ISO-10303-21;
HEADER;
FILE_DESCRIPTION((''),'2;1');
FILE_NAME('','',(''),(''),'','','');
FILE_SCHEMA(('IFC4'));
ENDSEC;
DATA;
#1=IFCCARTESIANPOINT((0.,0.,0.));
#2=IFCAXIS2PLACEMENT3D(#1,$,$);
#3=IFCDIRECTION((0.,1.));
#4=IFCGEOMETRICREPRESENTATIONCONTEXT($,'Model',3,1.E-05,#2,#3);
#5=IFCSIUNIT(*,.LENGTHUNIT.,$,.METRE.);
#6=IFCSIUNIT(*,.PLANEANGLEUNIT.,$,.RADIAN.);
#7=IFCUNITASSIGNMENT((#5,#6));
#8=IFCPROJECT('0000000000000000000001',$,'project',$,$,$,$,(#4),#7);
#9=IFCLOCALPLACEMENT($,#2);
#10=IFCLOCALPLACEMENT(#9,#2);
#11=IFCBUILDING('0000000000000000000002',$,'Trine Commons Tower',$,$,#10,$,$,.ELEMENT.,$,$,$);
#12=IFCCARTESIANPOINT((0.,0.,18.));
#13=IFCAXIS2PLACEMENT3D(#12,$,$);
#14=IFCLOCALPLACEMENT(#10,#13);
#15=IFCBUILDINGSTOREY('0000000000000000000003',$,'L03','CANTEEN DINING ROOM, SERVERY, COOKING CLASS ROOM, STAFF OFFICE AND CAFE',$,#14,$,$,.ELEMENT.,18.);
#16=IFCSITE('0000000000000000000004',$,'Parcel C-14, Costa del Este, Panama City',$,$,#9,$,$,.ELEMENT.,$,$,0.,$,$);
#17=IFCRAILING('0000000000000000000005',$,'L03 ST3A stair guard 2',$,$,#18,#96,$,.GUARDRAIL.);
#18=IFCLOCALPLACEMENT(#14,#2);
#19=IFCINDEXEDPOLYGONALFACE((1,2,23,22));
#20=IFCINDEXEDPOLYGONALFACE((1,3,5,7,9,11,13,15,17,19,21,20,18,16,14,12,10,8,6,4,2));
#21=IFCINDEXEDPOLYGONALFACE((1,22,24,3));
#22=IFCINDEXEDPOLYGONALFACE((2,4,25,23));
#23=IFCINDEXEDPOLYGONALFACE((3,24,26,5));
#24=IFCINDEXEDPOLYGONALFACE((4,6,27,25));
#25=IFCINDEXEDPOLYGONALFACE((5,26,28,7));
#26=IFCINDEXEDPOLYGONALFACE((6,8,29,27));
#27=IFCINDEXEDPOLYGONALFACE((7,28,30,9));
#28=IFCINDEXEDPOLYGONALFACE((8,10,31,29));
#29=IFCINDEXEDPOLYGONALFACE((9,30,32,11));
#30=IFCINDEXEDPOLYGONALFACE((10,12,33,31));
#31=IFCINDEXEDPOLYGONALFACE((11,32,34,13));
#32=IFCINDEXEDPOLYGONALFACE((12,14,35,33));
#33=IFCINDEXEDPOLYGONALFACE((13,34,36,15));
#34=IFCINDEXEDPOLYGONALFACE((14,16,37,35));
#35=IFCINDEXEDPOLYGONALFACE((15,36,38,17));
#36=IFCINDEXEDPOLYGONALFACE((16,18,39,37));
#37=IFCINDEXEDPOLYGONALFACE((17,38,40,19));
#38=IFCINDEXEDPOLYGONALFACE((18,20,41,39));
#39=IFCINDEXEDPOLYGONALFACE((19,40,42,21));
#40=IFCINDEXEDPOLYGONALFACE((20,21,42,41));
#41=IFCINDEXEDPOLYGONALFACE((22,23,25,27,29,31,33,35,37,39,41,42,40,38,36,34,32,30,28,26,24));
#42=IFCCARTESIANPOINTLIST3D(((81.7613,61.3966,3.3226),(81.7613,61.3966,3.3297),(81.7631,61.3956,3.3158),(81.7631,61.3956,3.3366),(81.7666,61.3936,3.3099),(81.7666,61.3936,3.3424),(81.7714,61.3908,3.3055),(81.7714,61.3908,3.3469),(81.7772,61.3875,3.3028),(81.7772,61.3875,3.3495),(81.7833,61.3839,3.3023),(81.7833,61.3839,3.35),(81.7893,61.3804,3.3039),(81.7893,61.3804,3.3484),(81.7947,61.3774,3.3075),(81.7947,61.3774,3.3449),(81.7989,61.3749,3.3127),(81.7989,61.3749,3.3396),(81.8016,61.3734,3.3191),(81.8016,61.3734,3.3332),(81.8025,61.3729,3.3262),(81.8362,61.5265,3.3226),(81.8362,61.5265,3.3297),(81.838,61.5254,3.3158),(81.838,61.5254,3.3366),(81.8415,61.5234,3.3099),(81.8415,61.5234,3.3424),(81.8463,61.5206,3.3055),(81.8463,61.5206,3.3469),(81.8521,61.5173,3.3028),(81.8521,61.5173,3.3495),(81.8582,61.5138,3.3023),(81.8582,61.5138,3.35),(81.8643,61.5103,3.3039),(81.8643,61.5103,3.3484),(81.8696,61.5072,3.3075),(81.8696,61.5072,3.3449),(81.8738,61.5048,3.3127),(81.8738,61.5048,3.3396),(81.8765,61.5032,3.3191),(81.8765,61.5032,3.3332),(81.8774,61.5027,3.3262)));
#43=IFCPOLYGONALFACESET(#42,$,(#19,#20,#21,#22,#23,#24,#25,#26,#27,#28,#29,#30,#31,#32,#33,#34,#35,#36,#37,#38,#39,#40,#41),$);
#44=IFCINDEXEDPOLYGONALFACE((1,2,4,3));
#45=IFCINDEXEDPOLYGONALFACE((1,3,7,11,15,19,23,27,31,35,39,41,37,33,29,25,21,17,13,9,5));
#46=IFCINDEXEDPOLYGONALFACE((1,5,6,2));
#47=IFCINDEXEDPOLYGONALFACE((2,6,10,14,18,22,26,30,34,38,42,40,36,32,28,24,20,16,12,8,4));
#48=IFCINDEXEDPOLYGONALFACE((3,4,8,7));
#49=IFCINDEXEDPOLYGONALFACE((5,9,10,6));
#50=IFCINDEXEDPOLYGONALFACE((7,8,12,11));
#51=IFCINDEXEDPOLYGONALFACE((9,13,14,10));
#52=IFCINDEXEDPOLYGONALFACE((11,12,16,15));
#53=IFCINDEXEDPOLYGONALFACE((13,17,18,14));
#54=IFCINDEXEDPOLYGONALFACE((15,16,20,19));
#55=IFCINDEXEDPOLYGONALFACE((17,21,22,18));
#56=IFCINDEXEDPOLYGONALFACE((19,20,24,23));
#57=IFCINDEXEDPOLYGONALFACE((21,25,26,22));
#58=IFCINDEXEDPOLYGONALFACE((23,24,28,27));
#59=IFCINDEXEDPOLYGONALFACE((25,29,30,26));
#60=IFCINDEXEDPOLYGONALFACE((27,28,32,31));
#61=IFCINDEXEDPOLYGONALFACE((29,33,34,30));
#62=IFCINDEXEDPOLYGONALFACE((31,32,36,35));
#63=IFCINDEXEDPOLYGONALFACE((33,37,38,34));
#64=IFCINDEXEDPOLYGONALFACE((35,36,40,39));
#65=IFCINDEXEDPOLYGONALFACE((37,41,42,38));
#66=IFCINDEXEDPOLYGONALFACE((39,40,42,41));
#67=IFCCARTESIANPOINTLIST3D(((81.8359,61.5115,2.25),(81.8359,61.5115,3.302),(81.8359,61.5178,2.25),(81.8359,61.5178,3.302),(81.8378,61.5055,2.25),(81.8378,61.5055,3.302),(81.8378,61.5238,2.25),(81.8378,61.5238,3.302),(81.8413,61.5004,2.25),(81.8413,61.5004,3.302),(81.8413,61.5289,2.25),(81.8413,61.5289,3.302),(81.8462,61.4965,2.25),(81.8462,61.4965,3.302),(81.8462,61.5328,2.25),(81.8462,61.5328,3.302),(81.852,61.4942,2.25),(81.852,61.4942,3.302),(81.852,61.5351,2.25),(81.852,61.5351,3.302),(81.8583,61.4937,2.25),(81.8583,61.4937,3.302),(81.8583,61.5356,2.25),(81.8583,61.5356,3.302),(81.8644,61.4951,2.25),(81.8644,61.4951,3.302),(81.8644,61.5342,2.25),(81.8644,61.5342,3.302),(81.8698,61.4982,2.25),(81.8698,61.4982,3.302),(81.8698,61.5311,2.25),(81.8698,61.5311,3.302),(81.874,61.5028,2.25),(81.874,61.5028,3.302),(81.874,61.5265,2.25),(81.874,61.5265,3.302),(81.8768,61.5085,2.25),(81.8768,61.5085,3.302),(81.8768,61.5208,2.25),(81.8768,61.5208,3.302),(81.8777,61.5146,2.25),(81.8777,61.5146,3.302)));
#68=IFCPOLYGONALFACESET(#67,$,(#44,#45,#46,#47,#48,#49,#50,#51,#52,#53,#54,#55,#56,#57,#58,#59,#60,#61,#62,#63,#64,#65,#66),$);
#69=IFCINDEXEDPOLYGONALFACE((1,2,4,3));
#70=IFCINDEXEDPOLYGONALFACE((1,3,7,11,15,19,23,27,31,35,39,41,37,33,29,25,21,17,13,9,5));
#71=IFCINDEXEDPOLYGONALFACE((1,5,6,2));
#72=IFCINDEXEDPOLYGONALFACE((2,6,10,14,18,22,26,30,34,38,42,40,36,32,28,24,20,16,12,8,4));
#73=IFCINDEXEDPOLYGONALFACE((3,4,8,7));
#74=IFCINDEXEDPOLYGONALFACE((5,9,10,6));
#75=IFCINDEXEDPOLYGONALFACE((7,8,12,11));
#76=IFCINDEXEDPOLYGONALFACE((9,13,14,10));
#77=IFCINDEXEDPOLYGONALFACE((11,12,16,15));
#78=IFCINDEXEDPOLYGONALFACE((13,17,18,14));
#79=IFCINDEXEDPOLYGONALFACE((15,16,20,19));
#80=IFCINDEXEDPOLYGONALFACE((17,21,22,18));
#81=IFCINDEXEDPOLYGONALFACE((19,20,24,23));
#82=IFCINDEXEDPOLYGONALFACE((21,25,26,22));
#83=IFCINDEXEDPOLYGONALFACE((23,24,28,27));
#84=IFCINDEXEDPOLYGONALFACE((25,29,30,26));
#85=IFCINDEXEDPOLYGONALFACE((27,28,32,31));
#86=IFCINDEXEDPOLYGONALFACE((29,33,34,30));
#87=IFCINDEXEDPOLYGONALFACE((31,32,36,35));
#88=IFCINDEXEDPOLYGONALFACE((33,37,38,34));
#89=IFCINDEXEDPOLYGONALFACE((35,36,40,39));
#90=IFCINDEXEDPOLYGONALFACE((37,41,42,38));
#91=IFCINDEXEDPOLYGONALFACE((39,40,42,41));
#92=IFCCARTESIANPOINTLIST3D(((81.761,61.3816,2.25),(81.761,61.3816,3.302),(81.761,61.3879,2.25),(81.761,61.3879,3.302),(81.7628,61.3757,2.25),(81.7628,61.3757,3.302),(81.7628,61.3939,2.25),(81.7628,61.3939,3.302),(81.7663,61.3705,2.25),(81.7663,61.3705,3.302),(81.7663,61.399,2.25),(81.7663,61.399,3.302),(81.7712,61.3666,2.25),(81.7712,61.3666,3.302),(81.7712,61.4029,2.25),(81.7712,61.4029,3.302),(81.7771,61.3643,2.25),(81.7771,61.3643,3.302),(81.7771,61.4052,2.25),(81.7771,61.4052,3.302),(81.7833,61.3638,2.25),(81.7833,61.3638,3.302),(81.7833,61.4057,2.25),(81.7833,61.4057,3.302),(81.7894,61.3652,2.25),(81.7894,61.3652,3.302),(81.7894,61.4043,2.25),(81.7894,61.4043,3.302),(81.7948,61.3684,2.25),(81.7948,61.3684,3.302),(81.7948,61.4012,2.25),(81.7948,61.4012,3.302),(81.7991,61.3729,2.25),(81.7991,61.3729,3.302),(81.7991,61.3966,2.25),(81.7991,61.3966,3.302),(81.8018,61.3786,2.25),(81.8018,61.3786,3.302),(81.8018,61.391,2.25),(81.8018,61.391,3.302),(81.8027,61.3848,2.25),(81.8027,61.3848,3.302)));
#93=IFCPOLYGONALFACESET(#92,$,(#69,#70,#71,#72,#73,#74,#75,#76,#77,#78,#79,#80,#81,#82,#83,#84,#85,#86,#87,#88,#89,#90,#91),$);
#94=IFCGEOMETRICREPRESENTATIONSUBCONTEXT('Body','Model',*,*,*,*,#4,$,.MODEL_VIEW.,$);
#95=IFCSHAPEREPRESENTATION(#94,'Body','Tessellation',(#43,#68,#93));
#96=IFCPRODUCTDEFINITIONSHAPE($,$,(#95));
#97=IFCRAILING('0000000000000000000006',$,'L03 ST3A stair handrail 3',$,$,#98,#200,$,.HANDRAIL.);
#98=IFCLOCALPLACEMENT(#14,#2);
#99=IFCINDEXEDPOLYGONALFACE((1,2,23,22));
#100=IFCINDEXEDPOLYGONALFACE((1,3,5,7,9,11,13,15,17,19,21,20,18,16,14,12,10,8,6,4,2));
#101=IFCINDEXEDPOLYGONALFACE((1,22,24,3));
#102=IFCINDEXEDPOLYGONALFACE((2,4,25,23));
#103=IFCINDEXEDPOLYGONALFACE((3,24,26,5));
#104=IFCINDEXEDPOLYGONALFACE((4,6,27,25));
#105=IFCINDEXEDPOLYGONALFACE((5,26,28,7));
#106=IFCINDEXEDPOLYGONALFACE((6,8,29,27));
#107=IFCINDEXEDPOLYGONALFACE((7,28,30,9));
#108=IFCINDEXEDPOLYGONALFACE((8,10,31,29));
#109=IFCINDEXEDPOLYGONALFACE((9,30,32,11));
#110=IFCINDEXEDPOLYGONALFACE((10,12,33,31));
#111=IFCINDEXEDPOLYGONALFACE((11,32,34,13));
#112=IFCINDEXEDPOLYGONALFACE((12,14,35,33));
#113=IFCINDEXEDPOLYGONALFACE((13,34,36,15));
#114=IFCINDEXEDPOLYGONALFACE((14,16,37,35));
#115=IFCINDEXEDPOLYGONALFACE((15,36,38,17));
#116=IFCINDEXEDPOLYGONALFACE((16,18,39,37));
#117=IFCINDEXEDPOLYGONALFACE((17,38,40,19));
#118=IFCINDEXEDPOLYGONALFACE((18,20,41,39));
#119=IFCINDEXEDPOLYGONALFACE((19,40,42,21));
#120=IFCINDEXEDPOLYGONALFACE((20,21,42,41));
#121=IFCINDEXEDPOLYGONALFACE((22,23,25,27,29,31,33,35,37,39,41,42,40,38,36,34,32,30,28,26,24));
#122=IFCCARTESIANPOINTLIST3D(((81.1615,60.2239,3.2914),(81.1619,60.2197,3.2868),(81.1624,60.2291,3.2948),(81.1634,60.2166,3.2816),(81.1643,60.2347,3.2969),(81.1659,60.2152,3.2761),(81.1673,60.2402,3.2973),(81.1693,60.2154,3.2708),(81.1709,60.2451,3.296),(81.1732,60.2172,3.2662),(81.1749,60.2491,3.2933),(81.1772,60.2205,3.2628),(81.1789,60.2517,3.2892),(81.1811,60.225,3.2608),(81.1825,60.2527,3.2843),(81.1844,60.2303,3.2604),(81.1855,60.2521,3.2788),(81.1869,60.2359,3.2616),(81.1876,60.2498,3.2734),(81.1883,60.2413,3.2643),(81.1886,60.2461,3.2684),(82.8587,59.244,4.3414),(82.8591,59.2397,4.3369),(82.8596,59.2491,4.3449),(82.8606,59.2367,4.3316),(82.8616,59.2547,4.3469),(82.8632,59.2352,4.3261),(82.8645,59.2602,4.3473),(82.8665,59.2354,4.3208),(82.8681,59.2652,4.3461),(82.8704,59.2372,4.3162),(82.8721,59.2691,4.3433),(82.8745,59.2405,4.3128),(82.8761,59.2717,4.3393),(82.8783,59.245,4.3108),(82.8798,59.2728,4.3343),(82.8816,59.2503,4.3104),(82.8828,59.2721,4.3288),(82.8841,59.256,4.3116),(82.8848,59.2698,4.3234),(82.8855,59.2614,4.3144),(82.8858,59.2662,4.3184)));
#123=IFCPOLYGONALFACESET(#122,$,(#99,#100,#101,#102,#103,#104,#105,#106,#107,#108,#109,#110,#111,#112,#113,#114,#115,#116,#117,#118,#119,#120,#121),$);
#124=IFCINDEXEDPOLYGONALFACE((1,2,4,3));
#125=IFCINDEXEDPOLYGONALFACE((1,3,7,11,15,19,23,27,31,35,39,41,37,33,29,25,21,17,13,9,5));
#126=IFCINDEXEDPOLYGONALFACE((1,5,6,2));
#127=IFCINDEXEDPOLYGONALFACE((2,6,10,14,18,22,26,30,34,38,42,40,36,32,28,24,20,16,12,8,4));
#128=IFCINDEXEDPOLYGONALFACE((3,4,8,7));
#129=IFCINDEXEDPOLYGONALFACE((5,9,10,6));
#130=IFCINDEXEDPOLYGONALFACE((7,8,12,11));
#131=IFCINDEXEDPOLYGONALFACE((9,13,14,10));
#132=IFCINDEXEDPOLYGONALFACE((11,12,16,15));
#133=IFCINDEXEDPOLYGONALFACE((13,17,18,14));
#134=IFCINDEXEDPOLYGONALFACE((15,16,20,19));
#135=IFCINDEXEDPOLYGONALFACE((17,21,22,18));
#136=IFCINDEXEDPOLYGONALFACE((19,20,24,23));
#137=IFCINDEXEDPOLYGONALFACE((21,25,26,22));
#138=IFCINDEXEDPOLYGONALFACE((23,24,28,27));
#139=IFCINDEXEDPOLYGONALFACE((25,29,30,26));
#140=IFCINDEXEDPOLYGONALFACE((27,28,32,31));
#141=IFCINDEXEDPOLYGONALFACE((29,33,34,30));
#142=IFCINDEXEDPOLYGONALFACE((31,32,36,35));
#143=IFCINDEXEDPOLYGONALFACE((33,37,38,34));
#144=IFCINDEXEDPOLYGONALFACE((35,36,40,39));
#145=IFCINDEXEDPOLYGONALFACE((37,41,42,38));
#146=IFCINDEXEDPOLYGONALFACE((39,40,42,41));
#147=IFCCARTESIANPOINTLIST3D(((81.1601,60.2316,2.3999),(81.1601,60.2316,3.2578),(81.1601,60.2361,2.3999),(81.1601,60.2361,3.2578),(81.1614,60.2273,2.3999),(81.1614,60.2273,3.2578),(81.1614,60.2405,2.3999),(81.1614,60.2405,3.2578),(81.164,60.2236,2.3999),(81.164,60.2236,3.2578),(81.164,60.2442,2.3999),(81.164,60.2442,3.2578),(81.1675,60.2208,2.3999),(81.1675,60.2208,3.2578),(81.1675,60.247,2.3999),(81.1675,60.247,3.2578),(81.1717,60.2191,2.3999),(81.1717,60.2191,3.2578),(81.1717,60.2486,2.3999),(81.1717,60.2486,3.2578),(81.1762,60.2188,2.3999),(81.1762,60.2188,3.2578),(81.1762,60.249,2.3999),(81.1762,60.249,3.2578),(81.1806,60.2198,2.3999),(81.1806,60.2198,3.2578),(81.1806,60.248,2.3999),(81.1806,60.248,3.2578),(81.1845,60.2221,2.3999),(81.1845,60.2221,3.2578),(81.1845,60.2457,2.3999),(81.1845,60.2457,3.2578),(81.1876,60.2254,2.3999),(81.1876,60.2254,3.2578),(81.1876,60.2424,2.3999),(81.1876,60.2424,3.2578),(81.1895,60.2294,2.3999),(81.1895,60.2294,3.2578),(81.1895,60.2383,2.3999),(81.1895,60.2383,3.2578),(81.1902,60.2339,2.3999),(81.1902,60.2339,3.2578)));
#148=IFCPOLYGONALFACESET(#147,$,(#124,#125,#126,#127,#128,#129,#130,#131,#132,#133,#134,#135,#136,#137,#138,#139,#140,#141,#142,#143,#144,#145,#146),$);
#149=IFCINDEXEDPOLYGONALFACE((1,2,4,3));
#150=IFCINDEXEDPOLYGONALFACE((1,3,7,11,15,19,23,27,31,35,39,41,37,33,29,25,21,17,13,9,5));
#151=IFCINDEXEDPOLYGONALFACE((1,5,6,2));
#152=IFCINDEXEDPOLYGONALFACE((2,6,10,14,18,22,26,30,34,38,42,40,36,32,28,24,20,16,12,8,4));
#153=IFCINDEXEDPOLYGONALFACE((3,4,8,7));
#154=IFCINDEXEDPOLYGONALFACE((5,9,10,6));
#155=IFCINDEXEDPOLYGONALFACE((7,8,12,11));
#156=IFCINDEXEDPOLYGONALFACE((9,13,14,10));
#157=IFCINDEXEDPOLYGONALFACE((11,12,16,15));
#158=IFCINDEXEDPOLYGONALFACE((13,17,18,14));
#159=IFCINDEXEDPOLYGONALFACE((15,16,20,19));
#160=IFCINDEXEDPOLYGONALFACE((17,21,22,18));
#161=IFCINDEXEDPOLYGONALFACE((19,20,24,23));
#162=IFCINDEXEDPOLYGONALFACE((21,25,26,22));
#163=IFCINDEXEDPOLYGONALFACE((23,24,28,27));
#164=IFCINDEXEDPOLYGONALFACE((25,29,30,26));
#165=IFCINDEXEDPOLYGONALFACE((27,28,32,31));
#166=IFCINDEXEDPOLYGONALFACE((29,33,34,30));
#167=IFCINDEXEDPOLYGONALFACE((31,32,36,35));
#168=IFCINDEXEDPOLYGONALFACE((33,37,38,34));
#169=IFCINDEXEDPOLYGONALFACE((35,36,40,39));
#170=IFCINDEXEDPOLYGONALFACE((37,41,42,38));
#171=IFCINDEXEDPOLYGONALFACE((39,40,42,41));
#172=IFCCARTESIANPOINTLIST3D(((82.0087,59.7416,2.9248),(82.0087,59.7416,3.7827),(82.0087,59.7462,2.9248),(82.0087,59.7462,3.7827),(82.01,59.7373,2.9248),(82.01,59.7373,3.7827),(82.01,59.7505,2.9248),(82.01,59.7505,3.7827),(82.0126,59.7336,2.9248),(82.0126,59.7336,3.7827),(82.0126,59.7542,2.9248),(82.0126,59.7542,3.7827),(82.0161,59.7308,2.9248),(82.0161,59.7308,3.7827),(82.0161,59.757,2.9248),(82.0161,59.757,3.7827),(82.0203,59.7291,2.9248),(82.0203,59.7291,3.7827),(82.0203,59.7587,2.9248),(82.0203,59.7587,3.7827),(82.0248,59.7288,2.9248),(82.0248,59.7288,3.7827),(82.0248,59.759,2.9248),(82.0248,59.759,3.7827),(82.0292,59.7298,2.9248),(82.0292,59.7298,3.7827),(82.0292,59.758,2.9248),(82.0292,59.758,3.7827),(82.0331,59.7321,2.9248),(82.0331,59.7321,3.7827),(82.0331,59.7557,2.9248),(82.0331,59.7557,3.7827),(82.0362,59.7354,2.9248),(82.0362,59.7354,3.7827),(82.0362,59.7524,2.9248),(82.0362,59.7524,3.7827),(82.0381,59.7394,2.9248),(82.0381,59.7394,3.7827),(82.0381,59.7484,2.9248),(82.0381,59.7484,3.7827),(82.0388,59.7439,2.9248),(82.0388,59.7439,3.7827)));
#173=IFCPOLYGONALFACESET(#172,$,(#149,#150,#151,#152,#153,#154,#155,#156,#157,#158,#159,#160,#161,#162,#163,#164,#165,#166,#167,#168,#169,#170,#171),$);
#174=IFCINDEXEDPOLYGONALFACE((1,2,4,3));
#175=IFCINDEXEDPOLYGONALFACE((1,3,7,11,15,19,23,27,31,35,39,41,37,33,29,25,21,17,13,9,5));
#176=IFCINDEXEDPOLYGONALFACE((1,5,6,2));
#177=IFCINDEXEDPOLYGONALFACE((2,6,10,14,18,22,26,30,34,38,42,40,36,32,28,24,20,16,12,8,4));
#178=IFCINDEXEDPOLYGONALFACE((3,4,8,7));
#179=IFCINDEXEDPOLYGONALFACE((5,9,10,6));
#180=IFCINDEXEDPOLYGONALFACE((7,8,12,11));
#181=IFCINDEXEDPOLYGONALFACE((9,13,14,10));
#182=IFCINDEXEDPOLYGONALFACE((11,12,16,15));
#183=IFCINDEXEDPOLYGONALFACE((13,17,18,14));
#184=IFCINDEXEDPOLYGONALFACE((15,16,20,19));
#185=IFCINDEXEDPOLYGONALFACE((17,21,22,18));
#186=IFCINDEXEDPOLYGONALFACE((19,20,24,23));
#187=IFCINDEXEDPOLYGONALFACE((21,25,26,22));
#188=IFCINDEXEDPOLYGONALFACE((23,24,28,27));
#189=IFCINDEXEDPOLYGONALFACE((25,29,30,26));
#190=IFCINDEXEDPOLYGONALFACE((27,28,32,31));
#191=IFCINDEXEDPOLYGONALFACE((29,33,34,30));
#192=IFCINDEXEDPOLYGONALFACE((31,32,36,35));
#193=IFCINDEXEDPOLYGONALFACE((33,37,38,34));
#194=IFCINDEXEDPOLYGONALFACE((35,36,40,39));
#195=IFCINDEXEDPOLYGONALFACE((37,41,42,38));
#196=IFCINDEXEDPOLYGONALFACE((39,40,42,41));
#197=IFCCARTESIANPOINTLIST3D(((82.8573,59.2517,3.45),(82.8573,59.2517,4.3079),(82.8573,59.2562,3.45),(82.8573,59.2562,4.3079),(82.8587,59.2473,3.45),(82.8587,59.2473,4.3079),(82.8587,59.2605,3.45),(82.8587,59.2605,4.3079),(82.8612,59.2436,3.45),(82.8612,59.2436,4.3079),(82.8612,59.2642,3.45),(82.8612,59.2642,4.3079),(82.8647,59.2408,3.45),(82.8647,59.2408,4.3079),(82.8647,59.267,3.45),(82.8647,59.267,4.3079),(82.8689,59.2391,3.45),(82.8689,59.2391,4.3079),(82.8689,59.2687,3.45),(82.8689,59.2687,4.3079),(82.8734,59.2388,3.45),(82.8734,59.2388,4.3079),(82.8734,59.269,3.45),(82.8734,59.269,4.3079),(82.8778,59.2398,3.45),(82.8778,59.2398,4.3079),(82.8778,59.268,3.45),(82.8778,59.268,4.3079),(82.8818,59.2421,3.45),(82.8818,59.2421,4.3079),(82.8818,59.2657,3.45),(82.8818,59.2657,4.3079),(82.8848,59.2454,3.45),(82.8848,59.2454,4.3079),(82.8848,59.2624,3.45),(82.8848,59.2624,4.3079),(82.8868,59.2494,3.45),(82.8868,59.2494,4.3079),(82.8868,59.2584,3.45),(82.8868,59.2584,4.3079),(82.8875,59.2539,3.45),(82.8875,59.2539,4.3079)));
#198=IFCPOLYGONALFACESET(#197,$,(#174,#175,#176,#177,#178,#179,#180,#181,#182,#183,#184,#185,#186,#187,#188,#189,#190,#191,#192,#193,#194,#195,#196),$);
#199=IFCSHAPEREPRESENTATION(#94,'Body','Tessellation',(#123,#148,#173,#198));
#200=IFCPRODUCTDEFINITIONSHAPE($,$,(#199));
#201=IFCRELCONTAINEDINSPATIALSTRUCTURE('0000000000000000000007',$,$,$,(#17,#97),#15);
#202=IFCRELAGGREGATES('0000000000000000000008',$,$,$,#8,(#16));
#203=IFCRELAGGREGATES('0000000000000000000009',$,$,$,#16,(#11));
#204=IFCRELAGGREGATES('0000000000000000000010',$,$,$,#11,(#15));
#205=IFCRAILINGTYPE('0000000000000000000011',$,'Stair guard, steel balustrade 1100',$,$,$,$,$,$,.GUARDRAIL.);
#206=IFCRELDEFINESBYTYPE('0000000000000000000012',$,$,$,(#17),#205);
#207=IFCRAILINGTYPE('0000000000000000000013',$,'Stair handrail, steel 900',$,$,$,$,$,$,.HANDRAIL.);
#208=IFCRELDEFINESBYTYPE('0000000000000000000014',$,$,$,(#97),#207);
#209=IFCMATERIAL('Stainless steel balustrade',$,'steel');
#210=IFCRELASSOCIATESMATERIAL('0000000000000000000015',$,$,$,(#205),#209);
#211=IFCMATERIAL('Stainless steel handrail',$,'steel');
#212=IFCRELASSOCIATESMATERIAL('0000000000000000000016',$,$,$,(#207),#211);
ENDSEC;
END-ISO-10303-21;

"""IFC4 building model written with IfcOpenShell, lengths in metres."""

from ifc_helpers import new_model, si_unit, direction, frame, origin, origin_2d, place, context, subcontext, project, spatial, circle, extrude, material, type_object, element, save


model = new_model("IFC4")

# Units and contexts
model_context = context("Model", 3, precision=1e-05, world=origin(), true_north=direction((0.0, 1.0)))
body_context = subcontext(model_context, "Body", "Model", "MODEL_VIEW")
ifc_project = project(units=[si_unit("LENGTHUNIT", "METRE"), si_unit("PLANEANGLEUNIT", "RADIAN")], contexts=[model_context])

# Site, building, storey
site_placement = place(None, origin())
site = spatial("IfcSite", under=ifc_project, at=site_placement, Name="Parcel C-14, Costa del Este, Panama City", CompositionType="ELEMENT", RefElevation=0.0)
building_placement = place(site_placement, origin())
building = spatial("IfcBuilding", under=site, at=building_placement, Name="Trine Commons Tower", CompositionType="ELEMENT")
storey_placement = place(building_placement, frame((0.0, 0.0, 18.0)))
storey = spatial("IfcBuildingStorey", under=building, at=storey_placement, Name="L03", Description="CANTEEN DINING ROOM, SERVERY, COOKING CLASS ROOM, STAFF OFFICE AND CAFE", CompositionType="ELEMENT", Elevation=18.0)

# Railings
ifc_material_1 = material(Name="Stainless steel balustrade", Category="steel")
railing_type_1 = type_object("IfcRailingType", Name="Stair guard, steel balustrade 1100", PredefinedType="GUARDRAIL", material=ifc_material_1)
railing_1_placement = place(storey_placement, frame((81.8567, 61.5146, 2.25)))
element("IfcRailing", 1, at=railing_1_placement, inside=storey, type_object=railing_type_1, Name="L03 ST3A stair guard 2", PredefinedType="GUARDRAIL", context=body_context, shape_type="SweptSolid", body=[
    extrude(circle(Radius=0.0239, at=origin_2d()), frame((0.0, 0.0, 1.0762), z_axis=(-0.499816, -0.866131, 0.0), x_axis=(0.866131, -0.499816, 0.0)), (0.0, 0.0, 1.0), 0.1499),
    extrude(circle(Radius=0.021, at=origin_2d()), origin(), (0.0, 0.0, 1.0), 1.052),
    extrude(circle(Radius=0.021, at=origin_2d()), frame((-0.075, -0.1299, 0.0)), (0.0, 0.0, 1.0), 1.052),
])
ifc_material_2 = material(Name="Stainless steel handrail", Category="steel")
railing_type_2 = type_object("IfcRailingType", Name="Stair handrail, steel 900", PredefinedType="HANDRAIL", material=ifc_material_2)
railing_2_placement = place(storey_placement, frame((81.175, 60.2339, 2.3999)))
element("IfcRailing", 2, at=railing_2_placement, inside=storey, type_object=railing_type_2, Name="L03 ST3A stair handrail 3", PredefinedType="HANDRAIL", context=body_context, shape_type="SweptSolid", body=[
    extrude(circle(Radius=0.021, at=origin_2d()), frame((0.0, 0.0, 0.8789), z_axis=(0.763352, -0.44075, 0.472264), x_axis=(0.500024, 0.866011, 0.0)), (0.0, 0.0, 1.0), 2.2234),
    extrude(circle(Radius=0.0151, at=origin_2d()), origin(), (0.0, 0.0, 1.0), 0.8579),
    extrude(circle(Radius=0.0151, at=origin_2d()), frame((0.8486, -0.49, 0.5249)), (0.0, 0.0, 1.0), 0.8579),
    extrude(circle(Radius=0.0151, at=origin_2d()), frame((1.6973, -0.98, 1.05)), (0.0, 0.0, 1.0), 0.8579),
])

save(model, "model.ifc")
